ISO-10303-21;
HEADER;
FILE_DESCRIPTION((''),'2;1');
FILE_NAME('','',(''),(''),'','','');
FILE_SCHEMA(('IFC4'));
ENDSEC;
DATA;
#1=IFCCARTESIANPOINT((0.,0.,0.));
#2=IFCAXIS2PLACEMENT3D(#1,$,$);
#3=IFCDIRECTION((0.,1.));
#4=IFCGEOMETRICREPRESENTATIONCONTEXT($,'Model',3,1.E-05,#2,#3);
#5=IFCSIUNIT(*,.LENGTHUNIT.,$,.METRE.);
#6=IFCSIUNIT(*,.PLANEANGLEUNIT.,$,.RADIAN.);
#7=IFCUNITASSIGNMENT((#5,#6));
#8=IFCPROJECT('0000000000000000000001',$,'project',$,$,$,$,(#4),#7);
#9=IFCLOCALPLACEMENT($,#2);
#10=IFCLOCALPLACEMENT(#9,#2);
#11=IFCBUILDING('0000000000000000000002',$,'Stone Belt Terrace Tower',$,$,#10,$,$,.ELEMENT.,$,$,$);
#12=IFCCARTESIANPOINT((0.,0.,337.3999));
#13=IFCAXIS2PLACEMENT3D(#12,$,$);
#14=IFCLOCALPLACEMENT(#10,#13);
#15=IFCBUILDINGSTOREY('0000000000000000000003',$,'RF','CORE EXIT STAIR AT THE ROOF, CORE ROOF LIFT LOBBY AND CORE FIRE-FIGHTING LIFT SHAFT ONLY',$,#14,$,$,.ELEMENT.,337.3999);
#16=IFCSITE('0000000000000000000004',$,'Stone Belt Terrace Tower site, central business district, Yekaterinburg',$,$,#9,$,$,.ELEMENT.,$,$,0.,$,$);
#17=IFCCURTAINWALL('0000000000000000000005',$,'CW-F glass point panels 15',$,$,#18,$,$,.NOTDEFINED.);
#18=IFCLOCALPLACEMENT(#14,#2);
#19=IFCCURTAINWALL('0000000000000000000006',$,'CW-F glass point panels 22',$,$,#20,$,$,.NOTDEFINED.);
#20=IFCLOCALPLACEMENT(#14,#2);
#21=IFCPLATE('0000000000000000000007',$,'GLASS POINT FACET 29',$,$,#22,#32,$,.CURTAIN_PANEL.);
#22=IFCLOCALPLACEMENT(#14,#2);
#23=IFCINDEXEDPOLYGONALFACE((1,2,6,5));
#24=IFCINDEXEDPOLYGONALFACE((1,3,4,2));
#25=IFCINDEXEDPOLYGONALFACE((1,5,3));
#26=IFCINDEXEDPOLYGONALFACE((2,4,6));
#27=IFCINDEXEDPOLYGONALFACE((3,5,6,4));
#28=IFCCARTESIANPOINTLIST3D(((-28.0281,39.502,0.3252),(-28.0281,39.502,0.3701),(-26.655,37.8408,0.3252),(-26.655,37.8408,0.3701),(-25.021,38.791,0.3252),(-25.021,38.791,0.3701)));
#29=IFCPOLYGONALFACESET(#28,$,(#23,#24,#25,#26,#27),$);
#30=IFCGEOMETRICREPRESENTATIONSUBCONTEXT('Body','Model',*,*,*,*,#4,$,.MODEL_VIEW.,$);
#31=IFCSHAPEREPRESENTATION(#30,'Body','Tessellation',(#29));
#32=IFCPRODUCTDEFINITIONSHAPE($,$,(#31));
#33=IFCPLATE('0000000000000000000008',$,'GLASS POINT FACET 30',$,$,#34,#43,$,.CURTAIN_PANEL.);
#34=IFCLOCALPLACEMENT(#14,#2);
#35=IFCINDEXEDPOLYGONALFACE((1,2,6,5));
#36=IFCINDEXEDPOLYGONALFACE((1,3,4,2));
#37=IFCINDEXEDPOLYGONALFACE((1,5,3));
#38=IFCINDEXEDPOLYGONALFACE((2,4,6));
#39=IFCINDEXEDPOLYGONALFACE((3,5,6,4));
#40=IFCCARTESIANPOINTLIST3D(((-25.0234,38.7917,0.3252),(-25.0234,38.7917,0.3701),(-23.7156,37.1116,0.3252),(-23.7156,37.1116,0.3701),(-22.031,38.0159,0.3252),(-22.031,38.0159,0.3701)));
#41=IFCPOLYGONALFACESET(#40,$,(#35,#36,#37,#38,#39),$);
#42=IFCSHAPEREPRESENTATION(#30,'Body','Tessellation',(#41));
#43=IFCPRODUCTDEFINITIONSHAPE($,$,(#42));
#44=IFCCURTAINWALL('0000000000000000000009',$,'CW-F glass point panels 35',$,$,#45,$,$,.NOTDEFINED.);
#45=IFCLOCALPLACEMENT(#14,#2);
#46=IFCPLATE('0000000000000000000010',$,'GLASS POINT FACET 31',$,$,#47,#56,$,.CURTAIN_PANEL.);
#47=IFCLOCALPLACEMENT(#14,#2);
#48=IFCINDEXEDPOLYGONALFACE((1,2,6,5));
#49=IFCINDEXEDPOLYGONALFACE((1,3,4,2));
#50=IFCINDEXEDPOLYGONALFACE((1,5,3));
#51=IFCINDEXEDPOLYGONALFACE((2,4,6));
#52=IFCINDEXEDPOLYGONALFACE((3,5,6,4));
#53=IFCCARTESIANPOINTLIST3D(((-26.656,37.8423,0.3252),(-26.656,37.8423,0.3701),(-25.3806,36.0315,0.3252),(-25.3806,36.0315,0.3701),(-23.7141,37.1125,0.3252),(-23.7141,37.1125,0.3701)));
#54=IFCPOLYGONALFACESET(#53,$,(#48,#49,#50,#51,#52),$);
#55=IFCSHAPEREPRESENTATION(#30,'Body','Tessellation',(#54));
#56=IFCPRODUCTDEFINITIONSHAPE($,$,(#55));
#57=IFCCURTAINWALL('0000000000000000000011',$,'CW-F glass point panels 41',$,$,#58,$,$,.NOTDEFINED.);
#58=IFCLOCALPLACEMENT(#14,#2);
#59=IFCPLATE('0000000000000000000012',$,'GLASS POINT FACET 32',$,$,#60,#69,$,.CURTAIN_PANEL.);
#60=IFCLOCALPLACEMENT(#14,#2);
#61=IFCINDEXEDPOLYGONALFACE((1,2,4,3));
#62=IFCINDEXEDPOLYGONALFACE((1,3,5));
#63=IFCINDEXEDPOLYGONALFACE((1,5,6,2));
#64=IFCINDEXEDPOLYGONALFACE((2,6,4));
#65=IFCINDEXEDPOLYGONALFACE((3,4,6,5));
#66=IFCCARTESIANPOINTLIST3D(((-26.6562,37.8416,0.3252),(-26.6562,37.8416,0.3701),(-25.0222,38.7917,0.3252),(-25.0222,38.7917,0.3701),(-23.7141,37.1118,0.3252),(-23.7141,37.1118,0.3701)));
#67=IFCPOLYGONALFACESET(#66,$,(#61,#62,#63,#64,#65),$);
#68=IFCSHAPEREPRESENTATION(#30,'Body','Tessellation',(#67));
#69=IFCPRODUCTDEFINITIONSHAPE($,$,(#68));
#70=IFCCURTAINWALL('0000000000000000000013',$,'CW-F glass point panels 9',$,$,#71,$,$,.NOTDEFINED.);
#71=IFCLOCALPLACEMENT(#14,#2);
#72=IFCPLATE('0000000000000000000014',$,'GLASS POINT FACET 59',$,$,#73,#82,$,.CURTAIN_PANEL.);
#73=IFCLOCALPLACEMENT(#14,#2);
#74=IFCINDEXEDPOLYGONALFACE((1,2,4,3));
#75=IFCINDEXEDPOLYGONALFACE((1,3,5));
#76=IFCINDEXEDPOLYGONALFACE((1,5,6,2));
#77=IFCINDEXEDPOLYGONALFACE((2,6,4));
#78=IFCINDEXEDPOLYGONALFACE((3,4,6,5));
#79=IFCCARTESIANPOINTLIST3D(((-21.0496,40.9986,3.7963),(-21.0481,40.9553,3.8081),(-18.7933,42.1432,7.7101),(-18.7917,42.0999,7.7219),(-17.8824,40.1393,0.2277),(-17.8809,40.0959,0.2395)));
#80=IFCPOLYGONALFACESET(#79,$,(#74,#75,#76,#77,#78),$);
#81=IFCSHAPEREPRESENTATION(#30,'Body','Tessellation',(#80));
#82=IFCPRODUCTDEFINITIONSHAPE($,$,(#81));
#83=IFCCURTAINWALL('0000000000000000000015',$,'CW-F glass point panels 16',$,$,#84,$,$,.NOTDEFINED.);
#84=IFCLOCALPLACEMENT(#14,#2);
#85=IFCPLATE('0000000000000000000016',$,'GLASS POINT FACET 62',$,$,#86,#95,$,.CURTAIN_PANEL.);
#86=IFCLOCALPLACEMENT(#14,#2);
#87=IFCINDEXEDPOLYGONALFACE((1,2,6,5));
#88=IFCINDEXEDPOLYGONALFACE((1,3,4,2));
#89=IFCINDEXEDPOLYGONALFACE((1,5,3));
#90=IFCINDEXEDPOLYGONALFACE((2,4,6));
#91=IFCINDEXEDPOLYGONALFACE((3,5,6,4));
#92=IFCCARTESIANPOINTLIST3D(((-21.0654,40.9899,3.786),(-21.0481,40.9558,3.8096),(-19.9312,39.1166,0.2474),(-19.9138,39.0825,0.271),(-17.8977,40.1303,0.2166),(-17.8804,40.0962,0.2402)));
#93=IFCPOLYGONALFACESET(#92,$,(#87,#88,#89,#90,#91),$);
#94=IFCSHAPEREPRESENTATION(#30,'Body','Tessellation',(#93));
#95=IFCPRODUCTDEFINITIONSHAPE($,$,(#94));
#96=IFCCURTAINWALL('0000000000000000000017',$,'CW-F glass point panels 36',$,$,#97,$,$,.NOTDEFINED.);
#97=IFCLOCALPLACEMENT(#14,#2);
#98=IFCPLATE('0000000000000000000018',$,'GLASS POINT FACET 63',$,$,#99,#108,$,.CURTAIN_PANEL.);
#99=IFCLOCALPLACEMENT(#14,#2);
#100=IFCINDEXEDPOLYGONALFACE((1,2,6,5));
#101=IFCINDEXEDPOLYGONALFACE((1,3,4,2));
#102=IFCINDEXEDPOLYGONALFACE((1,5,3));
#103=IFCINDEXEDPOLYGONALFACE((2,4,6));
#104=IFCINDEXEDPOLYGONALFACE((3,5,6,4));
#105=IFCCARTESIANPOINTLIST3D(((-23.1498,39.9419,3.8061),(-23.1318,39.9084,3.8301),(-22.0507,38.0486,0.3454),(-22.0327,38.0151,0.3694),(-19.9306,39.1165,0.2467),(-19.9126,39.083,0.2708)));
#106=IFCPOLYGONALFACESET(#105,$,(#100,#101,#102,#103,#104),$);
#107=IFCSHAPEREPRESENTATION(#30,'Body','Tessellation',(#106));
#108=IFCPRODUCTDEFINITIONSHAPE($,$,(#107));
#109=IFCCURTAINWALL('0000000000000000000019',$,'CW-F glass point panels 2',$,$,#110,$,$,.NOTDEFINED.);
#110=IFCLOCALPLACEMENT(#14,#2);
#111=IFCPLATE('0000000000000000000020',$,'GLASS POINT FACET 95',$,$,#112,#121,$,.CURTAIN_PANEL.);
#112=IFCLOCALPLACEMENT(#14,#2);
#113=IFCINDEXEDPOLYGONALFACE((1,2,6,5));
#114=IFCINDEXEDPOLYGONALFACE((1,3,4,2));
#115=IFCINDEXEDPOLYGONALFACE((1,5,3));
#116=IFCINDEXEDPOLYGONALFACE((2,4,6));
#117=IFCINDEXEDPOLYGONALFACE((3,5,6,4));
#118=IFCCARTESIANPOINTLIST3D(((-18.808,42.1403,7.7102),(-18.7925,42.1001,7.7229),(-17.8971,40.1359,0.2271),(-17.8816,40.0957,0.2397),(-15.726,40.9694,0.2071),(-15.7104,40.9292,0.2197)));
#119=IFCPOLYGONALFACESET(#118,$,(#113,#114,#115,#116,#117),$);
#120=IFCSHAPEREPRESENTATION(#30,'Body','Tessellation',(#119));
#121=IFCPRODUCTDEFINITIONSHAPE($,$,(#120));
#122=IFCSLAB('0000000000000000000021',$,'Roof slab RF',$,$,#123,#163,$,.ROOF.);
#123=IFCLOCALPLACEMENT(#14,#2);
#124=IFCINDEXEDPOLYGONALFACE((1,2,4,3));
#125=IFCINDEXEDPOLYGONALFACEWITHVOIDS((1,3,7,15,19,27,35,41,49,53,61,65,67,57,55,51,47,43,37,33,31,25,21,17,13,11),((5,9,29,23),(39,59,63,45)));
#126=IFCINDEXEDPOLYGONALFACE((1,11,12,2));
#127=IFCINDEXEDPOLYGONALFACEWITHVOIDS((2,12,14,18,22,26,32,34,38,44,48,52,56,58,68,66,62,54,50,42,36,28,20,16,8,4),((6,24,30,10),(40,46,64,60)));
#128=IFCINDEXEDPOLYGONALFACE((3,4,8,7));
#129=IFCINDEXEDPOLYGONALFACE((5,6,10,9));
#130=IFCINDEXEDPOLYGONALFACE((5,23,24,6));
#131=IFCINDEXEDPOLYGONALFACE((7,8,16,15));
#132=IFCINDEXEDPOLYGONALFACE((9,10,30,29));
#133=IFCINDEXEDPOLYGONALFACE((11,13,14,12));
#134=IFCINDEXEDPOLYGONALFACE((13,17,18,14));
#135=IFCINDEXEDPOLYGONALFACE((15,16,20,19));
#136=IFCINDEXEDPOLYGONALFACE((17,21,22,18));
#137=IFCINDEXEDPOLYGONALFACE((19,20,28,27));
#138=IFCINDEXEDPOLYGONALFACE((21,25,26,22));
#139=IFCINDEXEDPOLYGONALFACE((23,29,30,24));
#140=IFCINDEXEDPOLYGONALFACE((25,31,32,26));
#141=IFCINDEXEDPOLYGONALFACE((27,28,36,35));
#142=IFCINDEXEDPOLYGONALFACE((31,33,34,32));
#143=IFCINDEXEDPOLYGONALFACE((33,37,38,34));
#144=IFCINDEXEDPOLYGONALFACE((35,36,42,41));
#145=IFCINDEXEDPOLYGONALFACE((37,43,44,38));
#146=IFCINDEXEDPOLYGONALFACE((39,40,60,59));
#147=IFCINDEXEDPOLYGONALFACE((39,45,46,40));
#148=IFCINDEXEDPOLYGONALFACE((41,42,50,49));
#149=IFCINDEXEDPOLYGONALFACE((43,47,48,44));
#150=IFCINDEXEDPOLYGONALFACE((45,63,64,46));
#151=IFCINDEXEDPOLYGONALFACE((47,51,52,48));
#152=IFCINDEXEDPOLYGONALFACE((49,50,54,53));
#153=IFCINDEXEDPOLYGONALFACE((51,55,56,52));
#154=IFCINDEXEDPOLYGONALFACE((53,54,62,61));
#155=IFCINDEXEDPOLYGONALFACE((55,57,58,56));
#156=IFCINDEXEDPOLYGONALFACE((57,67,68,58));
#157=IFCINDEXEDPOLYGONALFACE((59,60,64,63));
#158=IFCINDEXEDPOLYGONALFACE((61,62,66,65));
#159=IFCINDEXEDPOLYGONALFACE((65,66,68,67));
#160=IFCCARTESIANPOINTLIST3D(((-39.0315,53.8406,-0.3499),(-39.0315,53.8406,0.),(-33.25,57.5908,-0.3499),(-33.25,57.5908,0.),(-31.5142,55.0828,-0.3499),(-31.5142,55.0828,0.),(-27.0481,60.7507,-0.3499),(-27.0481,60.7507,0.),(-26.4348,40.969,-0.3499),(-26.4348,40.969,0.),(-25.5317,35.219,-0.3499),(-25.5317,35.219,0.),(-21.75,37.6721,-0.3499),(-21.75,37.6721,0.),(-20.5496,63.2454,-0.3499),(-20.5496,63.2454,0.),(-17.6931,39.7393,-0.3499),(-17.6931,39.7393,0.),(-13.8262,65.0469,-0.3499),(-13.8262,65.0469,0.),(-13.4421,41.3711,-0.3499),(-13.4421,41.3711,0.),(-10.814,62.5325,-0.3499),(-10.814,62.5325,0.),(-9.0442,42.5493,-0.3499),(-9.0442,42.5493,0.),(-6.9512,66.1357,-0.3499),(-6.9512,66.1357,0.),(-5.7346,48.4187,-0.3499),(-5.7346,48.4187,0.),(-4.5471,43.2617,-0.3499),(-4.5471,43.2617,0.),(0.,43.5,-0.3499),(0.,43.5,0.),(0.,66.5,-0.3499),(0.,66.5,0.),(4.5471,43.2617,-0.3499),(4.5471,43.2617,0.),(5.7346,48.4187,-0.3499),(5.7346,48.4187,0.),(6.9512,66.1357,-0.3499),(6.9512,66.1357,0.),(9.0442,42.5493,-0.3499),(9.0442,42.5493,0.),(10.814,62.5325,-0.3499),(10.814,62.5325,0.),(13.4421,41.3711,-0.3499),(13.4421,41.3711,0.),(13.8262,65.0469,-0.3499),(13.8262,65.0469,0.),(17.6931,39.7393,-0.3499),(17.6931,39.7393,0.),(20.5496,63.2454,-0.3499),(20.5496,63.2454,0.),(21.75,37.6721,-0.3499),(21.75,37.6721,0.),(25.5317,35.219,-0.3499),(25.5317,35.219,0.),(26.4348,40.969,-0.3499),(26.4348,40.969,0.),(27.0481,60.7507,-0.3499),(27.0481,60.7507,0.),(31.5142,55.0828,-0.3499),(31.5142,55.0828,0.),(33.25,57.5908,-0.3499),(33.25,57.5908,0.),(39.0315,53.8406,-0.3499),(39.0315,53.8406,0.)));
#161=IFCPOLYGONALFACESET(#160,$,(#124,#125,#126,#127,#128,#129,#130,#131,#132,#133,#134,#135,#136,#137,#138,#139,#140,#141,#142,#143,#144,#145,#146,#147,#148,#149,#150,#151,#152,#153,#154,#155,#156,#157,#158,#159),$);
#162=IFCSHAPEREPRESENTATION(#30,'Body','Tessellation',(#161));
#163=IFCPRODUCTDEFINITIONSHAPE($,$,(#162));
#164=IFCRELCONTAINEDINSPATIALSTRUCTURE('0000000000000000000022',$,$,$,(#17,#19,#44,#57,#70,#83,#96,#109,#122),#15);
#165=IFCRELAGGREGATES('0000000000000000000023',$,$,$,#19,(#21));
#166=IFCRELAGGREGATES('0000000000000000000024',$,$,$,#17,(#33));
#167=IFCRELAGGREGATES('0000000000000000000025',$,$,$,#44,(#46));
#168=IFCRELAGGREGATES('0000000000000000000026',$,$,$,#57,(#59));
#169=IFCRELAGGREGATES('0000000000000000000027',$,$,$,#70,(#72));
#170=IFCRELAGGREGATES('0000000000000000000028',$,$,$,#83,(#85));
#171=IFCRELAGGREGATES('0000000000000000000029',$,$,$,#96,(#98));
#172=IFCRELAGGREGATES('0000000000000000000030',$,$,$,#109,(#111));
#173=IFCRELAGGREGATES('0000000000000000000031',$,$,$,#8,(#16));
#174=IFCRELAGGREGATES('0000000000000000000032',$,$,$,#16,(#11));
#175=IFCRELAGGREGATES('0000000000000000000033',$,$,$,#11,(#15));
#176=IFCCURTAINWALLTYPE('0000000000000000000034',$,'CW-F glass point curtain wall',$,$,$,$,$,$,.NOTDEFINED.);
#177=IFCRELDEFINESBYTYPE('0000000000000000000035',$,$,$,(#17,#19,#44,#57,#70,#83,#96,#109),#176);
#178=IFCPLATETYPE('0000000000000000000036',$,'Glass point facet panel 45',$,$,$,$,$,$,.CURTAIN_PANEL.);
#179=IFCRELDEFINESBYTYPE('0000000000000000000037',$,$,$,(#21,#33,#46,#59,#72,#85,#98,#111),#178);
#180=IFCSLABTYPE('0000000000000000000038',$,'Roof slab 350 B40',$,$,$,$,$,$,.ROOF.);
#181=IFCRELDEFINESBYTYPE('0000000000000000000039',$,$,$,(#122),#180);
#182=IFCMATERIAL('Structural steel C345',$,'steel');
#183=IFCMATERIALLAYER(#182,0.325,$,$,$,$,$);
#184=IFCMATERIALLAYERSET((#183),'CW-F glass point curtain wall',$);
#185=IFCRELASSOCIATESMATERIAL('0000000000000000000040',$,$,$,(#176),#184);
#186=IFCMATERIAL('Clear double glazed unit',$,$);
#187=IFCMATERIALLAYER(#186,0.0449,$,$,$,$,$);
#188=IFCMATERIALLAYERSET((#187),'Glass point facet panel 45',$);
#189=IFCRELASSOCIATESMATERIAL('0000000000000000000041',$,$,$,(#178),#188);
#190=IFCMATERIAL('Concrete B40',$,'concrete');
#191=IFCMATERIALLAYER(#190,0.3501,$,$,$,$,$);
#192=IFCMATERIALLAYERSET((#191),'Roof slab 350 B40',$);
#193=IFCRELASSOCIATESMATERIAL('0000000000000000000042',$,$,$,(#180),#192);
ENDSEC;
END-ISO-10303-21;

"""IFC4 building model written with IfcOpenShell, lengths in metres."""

from ifc_helpers import new_model, si_unit, direction, frame, origin, place, context, subcontext, project, spatial, polyline, outline, extrude, material, layer, layer_set, type_object, element, aggregate, save


model = new_model("IFC4")

# Units and contexts
model_context = context("Model", 3, precision=1e-05, world=origin(), true_north=direction((0.0, 1.0)))
body_context = subcontext(model_context, "Body", "Model", "MODEL_VIEW")
ifc_project = project(units=[si_unit("LENGTHUNIT", "METRE"), si_unit("PLANEANGLEUNIT", "RADIAN")], contexts=[model_context])

# Site, building, storey
site_placement = place(None, origin())
site = spatial("IfcSite", under=ifc_project, at=site_placement, Name="Stone Belt Terrace Tower site, central business district, Yekaterinburg", CompositionType="ELEMENT", RefElevation=0.0)
building_placement = place(site_placement, origin())
building = spatial("IfcBuilding", under=site, at=building_placement, Name="Stone Belt Terrace Tower", CompositionType="ELEMENT")
storey_placement = place(building_placement, frame((0.0, 0.0, 337.3999)))
storey = spatial("IfcBuildingStorey", under=building, at=storey_placement, Name="RF", Description="CORE EXIT STAIR AT THE ROOF, CORE ROOF LIFT LOBBY AND CORE FIRE-FIGHTING LIFT SHAFT ONLY", CompositionType="ELEMENT", Elevation=337.3999)

# Shared definitions
ifc_material_1 = material(Name="Structural steel C345", Category="steel")

# Curtain walls, plate
ifc_layer_1 = layer(ifc_material_1, 0.325)
ifc_layer_set_1 = layer_set([ifc_layer_1], Name="CW-F glass point curtain wall")
curtain_wall_type = type_object("IfcCurtainWallType", Name="CW-F glass point curtain wall", PredefinedType="NOTDEFINED", material=ifc_layer_set_1)
curtain_wall_1_placement = place(storey_placement, origin())
curtain_wall_1 = element("IfcCurtainWall", 1, at=curtain_wall_1_placement, inside=storey, type_object=curtain_wall_type, Name="CW-F glass point panels 15", PredefinedType="NOTDEFINED")
ifc_material_2 = material(Name="Clear double glazed unit")
ifc_layer_2 = layer(ifc_material_2, 0.0449)
ifc_layer_set_2 = layer_set([ifc_layer_2], Name="Glass point facet panel 45")
plate_type = type_object("IfcPlateType", Name="Glass point facet panel 45", PredefinedType="CURTAIN_PANEL", material=ifc_layer_set_2)
curtain_wall_2_placement = place(storey_placement, origin())
curtain_wall_2 = element("IfcCurtainWall", 2, at=curtain_wall_2_placement, inside=storey, type_object=curtain_wall_type, Name="CW-F glass point panels 22", PredefinedType="NOTDEFINED")
plate_1_placement = place(storey_placement, frame((-28.0281, 39.502, 0.3701), z_axis=(0.0, 0.0, 1.0), x_axis=(0.973172, -0.230079, 0.0)))
plate_1 = element("IfcPlate", 3, at=plate_1_placement, type_object=plate_type, Name="GLASS POINT FACET 29", PredefinedType="CURTAIN_PANEL", context=body_context, shape_type="SweptSolid", body=[
    extrude(outline(polyline([(0.0, 0.0), (3.09, 0.0), (1.7184, -1.3007), (0.0, 0.0)])), origin(), (0.0, 0.0, -1.0), 0.0449),
])
aggregate(curtain_wall_2, [plate_1])

# Plate
plate_2_placement = place(storey_placement, frame((-22.031, 38.0159, 0.3701), z_axis=(0.0, 0.0, 1.0), x_axis=(-0.881077, -0.472972, 0.0)))
plate_2 = element("IfcPlate", 4, at=plate_2_placement, type_object=plate_type, Name="GLASS POINT FACET 30", PredefinedType="CURTAIN_PANEL", context=body_context, shape_type="SweptSolid", body=[
    extrude(outline(polyline([(0.0, 0.0), (1.9119, 0.0), (2.2696, -2.0989), (0.0, 0.0)])), origin(), (0.0, 0.0, -1.0), 0.0449),
])
aggregate(curtain_wall_1, [plate_2])

# Curtain walls, plates
curtain_wall_3_placement = place(storey_placement, origin())
curtain_wall_3 = element("IfcCurtainWall", 5, at=curtain_wall_3_placement, inside=storey, type_object=curtain_wall_type, Name="CW-F glass point panels 35", PredefinedType="NOTDEFINED")
plate_3_placement = place(storey_placement, frame((-25.3806, 36.0315, 0.3701), z_axis=(0.0, 0.0, 1.0), x_axis=(-0.575835, 0.817566, 0.0)))
plate_3 = element("IfcPlate", 6, at=plate_3_placement, type_object=plate_type, Name="GLASS POINT FACET 31", PredefinedType="CURTAIN_PANEL", context=body_context, shape_type="SweptSolid", body=[
    extrude(outline(polyline([(0.0, 0.0), (2.2149, 0.0), (-0.0758, -1.985), (0.0, 0.0)])), origin(), (0.0, 0.0, -1.0), 0.0449),
])
aggregate(curtain_wall_3, [plate_3])
curtain_wall_4_placement = place(storey_placement, origin())
curtain_wall_4 = element("IfcCurtainWall", 7, at=curtain_wall_4_placement, inside=storey, type_object=curtain_wall_type, Name="CW-F glass point panels 41", PredefinedType="NOTDEFINED")
plate_4_placement = place(storey_placement, frame((-25.0222, 38.7917, 0.3701), z_axis=(0.0, 0.0, 1.0), x_axis=(0.614377, -0.789013, 0.0)))
plate_4 = element("IfcPlate", 8, at=plate_4_placement, type_object=plate_type, Name="GLASS POINT FACET 32", PredefinedType="CURTAIN_PANEL", context=body_context, shape_type="SweptSolid", body=[
    extrude(outline(polyline([(0.0, 0.0), (2.1292, 0.0), (-0.2542, -1.8731), (0.0, 0.0)])), origin(), (0.0, 0.0, -1.0), 0.0449),
])
aggregate(curtain_wall_4, [plate_4])
curtain_wall_5_placement = place(storey_placement, origin())
curtain_wall_5 = element("IfcCurtainWall", 9, at=curtain_wall_5_placement, inside=storey, type_object=curtain_wall_type, Name="CW-F glass point panels 9", PredefinedType="NOTDEFINED")
plate_5_placement = place(storey_placement, frame((-17.8809, 40.0959, 0.2395), z_axis=(0.034001, -0.964358, 0.262409), x_axis=(-0.653284, 0.177257, 0.736071)))
plate_5 = element("IfcPlate", 10, at=plate_5_placement, type_object=plate_type, Name="GLASS POINT FACET 59", PredefinedType="CURTAIN_PANEL", context=body_context, shape_type="SweptSolid", body=[
    extrude(outline(polyline([(0.0, 0.0), (4.8482, 0.0), (6.4579, -4.3735), (0.0, 0.0)])), origin(), (0.0, 0.0, -1.0), 0.0449),
])
aggregate(curtain_wall_5, [plate_5])
curtain_wall_6_placement = place(storey_placement, origin())
curtain_wall_6 = element("IfcCurtainWall", 11, at=curtain_wall_6_placement, inside=storey, type_object=curtain_wall_type, Name="CW-F glass point panels 16", PredefinedType="NOTDEFINED")
plate_6_placement = place(storey_placement, frame((-17.8804, 40.0962, 0.2402), z_axis=(0.386001, -0.758388, 0.525215), x_axis=(-0.894882, -0.446098, 0.013538)))
plate_6 = element("IfcPlate", 12, at=plate_6_placement, type_object=plate_type, Name="GLASS POINT FACET 62", PredefinedType="CURTAIN_PANEL", context=body_context, shape_type="SweptSolid", body=[
    extrude(outline(polyline([(0.0, 0.0), (2.2723, 0.0), (2.4996, -4.1552), (0.0, 0.0)])), origin(), (0.0, 0.0, -1.0), 0.0449),
])
aggregate(curtain_wall_6, [plate_6])
curtain_wall_7_placement = place(storey_placement, origin())
curtain_wall_7 = element("IfcCurtainWall", 13, at=curtain_wall_7_placement, inside=storey, type_object=curtain_wall_type, Name="CW-F glass point panels 36", PredefinedType="NOTDEFINED")
plate_7_placement = place(storey_placement, frame((-22.0327, 38.0151, 0.3694), z_axis=(0.399923, -0.744635, 0.534398), x_axis=(-0.268405, 0.462346, 0.845101)))
plate_7 = element("IfcPlate", 14, at=plate_7_placement, type_object=plate_type, Name="GLASS POINT FACET 63", PredefinedType="CURTAIN_PANEL", context=body_context, shape_type="SweptSolid", body=[
    extrude(outline(polyline([(0.0, 0.0), (4.095, 0.0), (-0.1587, -2.3706), (0.0, 0.0)])), origin(), (0.0, 0.0, -1.0), 0.0449),
])
aggregate(curtain_wall_7, [plate_7])
curtain_wall_8_placement = place(storey_placement, origin())
curtain_wall_8 = element("IfcCurtainWall", 15, at=curtain_wall_8_placement, inside=storey, type_object=curtain_wall_type, Name="CW-F glass point panels 2", PredefinedType="NOTDEFINED")
plate_8_placement = place(storey_placement, frame((-17.8816, 40.0957, 0.2397), z_axis=(0.346132, -0.894856, 0.281824), x_axis=(-0.116776, 0.256963, 0.95934)))
plate_8 = element("IfcPlate", 16, at=plate_8_placement, type_object=plate_type, Name="GLASS POINT FACET 95", PredefinedType="CURTAIN_PANEL", context=body_context, shape_type="SweptSolid", body=[
    extrude(outline(polyline([(0.0, 0.0), (7.8003, 0.0), (-0.0586, -2.325), (0.0, 0.0)])), origin(), (0.0, 0.0, -1.0), 0.0449),
])
aggregate(curtain_wall_8, [plate_8])

# Slab
ifc_material_3 = material(Name="Concrete B40", Category="concrete")
ifc_layer_3 = layer(ifc_material_3, 0.3501)
ifc_layer_set_3 = layer_set([ifc_layer_3], Name="Roof slab 350 B40")
slab_type = type_object("IfcSlabType", Name="Roof slab 350 B40", PredefinedType="ROOF", material=ifc_layer_set_3)
slab_placement = place(storey_placement, frame((0.0, 0.0, -0.3499)))
element("IfcSlab", 17, at=slab_placement, inside=storey, type_object=slab_type, Name="Roof slab RF", PredefinedType="ROOF", context=body_context, shape_type="SweptSolid", body=[
    extrude(outline(polyline([(-33.25, 57.5908), (-27.0481, 60.7507), (-20.5496, 63.2454), (-13.8262, 65.0469), (-6.9512, 66.1357), (0.0, 66.5), (6.9512, 66.1357), (13.8262, 65.0469), (20.5496, 63.2454), (27.0481, 60.7507), (33.25, 57.5908), (39.0315, 53.8406), (25.5317, 35.219), (21.75, 37.6721), (17.6931, 39.7393), (13.4421, 41.3711), (9.0442, 42.5493), (4.5471, 43.2617), (0.0, 43.5), (-4.5471, 43.2617), (-9.0442, 42.5493), (-13.4421, 41.3711), (-17.6931, 39.7393), (-21.75, 37.6721), (-25.5317, 35.219), (-39.0315, 53.8406), (-33.25, 57.5908)]), holes=[polyline([(-10.814, 62.5325), (-31.5142, 55.0828), (-26.4348, 40.969), (-5.7346, 48.4187), (-10.814, 62.5325)]), polyline([(26.4348, 40.969), (31.5142, 55.0828), (10.814, 62.5325), (5.7346, 48.4187), (26.4348, 40.969)])]), origin(), (0.0, 0.0, 1.0), 0.3499),
])

save(model, "model.ifc")
